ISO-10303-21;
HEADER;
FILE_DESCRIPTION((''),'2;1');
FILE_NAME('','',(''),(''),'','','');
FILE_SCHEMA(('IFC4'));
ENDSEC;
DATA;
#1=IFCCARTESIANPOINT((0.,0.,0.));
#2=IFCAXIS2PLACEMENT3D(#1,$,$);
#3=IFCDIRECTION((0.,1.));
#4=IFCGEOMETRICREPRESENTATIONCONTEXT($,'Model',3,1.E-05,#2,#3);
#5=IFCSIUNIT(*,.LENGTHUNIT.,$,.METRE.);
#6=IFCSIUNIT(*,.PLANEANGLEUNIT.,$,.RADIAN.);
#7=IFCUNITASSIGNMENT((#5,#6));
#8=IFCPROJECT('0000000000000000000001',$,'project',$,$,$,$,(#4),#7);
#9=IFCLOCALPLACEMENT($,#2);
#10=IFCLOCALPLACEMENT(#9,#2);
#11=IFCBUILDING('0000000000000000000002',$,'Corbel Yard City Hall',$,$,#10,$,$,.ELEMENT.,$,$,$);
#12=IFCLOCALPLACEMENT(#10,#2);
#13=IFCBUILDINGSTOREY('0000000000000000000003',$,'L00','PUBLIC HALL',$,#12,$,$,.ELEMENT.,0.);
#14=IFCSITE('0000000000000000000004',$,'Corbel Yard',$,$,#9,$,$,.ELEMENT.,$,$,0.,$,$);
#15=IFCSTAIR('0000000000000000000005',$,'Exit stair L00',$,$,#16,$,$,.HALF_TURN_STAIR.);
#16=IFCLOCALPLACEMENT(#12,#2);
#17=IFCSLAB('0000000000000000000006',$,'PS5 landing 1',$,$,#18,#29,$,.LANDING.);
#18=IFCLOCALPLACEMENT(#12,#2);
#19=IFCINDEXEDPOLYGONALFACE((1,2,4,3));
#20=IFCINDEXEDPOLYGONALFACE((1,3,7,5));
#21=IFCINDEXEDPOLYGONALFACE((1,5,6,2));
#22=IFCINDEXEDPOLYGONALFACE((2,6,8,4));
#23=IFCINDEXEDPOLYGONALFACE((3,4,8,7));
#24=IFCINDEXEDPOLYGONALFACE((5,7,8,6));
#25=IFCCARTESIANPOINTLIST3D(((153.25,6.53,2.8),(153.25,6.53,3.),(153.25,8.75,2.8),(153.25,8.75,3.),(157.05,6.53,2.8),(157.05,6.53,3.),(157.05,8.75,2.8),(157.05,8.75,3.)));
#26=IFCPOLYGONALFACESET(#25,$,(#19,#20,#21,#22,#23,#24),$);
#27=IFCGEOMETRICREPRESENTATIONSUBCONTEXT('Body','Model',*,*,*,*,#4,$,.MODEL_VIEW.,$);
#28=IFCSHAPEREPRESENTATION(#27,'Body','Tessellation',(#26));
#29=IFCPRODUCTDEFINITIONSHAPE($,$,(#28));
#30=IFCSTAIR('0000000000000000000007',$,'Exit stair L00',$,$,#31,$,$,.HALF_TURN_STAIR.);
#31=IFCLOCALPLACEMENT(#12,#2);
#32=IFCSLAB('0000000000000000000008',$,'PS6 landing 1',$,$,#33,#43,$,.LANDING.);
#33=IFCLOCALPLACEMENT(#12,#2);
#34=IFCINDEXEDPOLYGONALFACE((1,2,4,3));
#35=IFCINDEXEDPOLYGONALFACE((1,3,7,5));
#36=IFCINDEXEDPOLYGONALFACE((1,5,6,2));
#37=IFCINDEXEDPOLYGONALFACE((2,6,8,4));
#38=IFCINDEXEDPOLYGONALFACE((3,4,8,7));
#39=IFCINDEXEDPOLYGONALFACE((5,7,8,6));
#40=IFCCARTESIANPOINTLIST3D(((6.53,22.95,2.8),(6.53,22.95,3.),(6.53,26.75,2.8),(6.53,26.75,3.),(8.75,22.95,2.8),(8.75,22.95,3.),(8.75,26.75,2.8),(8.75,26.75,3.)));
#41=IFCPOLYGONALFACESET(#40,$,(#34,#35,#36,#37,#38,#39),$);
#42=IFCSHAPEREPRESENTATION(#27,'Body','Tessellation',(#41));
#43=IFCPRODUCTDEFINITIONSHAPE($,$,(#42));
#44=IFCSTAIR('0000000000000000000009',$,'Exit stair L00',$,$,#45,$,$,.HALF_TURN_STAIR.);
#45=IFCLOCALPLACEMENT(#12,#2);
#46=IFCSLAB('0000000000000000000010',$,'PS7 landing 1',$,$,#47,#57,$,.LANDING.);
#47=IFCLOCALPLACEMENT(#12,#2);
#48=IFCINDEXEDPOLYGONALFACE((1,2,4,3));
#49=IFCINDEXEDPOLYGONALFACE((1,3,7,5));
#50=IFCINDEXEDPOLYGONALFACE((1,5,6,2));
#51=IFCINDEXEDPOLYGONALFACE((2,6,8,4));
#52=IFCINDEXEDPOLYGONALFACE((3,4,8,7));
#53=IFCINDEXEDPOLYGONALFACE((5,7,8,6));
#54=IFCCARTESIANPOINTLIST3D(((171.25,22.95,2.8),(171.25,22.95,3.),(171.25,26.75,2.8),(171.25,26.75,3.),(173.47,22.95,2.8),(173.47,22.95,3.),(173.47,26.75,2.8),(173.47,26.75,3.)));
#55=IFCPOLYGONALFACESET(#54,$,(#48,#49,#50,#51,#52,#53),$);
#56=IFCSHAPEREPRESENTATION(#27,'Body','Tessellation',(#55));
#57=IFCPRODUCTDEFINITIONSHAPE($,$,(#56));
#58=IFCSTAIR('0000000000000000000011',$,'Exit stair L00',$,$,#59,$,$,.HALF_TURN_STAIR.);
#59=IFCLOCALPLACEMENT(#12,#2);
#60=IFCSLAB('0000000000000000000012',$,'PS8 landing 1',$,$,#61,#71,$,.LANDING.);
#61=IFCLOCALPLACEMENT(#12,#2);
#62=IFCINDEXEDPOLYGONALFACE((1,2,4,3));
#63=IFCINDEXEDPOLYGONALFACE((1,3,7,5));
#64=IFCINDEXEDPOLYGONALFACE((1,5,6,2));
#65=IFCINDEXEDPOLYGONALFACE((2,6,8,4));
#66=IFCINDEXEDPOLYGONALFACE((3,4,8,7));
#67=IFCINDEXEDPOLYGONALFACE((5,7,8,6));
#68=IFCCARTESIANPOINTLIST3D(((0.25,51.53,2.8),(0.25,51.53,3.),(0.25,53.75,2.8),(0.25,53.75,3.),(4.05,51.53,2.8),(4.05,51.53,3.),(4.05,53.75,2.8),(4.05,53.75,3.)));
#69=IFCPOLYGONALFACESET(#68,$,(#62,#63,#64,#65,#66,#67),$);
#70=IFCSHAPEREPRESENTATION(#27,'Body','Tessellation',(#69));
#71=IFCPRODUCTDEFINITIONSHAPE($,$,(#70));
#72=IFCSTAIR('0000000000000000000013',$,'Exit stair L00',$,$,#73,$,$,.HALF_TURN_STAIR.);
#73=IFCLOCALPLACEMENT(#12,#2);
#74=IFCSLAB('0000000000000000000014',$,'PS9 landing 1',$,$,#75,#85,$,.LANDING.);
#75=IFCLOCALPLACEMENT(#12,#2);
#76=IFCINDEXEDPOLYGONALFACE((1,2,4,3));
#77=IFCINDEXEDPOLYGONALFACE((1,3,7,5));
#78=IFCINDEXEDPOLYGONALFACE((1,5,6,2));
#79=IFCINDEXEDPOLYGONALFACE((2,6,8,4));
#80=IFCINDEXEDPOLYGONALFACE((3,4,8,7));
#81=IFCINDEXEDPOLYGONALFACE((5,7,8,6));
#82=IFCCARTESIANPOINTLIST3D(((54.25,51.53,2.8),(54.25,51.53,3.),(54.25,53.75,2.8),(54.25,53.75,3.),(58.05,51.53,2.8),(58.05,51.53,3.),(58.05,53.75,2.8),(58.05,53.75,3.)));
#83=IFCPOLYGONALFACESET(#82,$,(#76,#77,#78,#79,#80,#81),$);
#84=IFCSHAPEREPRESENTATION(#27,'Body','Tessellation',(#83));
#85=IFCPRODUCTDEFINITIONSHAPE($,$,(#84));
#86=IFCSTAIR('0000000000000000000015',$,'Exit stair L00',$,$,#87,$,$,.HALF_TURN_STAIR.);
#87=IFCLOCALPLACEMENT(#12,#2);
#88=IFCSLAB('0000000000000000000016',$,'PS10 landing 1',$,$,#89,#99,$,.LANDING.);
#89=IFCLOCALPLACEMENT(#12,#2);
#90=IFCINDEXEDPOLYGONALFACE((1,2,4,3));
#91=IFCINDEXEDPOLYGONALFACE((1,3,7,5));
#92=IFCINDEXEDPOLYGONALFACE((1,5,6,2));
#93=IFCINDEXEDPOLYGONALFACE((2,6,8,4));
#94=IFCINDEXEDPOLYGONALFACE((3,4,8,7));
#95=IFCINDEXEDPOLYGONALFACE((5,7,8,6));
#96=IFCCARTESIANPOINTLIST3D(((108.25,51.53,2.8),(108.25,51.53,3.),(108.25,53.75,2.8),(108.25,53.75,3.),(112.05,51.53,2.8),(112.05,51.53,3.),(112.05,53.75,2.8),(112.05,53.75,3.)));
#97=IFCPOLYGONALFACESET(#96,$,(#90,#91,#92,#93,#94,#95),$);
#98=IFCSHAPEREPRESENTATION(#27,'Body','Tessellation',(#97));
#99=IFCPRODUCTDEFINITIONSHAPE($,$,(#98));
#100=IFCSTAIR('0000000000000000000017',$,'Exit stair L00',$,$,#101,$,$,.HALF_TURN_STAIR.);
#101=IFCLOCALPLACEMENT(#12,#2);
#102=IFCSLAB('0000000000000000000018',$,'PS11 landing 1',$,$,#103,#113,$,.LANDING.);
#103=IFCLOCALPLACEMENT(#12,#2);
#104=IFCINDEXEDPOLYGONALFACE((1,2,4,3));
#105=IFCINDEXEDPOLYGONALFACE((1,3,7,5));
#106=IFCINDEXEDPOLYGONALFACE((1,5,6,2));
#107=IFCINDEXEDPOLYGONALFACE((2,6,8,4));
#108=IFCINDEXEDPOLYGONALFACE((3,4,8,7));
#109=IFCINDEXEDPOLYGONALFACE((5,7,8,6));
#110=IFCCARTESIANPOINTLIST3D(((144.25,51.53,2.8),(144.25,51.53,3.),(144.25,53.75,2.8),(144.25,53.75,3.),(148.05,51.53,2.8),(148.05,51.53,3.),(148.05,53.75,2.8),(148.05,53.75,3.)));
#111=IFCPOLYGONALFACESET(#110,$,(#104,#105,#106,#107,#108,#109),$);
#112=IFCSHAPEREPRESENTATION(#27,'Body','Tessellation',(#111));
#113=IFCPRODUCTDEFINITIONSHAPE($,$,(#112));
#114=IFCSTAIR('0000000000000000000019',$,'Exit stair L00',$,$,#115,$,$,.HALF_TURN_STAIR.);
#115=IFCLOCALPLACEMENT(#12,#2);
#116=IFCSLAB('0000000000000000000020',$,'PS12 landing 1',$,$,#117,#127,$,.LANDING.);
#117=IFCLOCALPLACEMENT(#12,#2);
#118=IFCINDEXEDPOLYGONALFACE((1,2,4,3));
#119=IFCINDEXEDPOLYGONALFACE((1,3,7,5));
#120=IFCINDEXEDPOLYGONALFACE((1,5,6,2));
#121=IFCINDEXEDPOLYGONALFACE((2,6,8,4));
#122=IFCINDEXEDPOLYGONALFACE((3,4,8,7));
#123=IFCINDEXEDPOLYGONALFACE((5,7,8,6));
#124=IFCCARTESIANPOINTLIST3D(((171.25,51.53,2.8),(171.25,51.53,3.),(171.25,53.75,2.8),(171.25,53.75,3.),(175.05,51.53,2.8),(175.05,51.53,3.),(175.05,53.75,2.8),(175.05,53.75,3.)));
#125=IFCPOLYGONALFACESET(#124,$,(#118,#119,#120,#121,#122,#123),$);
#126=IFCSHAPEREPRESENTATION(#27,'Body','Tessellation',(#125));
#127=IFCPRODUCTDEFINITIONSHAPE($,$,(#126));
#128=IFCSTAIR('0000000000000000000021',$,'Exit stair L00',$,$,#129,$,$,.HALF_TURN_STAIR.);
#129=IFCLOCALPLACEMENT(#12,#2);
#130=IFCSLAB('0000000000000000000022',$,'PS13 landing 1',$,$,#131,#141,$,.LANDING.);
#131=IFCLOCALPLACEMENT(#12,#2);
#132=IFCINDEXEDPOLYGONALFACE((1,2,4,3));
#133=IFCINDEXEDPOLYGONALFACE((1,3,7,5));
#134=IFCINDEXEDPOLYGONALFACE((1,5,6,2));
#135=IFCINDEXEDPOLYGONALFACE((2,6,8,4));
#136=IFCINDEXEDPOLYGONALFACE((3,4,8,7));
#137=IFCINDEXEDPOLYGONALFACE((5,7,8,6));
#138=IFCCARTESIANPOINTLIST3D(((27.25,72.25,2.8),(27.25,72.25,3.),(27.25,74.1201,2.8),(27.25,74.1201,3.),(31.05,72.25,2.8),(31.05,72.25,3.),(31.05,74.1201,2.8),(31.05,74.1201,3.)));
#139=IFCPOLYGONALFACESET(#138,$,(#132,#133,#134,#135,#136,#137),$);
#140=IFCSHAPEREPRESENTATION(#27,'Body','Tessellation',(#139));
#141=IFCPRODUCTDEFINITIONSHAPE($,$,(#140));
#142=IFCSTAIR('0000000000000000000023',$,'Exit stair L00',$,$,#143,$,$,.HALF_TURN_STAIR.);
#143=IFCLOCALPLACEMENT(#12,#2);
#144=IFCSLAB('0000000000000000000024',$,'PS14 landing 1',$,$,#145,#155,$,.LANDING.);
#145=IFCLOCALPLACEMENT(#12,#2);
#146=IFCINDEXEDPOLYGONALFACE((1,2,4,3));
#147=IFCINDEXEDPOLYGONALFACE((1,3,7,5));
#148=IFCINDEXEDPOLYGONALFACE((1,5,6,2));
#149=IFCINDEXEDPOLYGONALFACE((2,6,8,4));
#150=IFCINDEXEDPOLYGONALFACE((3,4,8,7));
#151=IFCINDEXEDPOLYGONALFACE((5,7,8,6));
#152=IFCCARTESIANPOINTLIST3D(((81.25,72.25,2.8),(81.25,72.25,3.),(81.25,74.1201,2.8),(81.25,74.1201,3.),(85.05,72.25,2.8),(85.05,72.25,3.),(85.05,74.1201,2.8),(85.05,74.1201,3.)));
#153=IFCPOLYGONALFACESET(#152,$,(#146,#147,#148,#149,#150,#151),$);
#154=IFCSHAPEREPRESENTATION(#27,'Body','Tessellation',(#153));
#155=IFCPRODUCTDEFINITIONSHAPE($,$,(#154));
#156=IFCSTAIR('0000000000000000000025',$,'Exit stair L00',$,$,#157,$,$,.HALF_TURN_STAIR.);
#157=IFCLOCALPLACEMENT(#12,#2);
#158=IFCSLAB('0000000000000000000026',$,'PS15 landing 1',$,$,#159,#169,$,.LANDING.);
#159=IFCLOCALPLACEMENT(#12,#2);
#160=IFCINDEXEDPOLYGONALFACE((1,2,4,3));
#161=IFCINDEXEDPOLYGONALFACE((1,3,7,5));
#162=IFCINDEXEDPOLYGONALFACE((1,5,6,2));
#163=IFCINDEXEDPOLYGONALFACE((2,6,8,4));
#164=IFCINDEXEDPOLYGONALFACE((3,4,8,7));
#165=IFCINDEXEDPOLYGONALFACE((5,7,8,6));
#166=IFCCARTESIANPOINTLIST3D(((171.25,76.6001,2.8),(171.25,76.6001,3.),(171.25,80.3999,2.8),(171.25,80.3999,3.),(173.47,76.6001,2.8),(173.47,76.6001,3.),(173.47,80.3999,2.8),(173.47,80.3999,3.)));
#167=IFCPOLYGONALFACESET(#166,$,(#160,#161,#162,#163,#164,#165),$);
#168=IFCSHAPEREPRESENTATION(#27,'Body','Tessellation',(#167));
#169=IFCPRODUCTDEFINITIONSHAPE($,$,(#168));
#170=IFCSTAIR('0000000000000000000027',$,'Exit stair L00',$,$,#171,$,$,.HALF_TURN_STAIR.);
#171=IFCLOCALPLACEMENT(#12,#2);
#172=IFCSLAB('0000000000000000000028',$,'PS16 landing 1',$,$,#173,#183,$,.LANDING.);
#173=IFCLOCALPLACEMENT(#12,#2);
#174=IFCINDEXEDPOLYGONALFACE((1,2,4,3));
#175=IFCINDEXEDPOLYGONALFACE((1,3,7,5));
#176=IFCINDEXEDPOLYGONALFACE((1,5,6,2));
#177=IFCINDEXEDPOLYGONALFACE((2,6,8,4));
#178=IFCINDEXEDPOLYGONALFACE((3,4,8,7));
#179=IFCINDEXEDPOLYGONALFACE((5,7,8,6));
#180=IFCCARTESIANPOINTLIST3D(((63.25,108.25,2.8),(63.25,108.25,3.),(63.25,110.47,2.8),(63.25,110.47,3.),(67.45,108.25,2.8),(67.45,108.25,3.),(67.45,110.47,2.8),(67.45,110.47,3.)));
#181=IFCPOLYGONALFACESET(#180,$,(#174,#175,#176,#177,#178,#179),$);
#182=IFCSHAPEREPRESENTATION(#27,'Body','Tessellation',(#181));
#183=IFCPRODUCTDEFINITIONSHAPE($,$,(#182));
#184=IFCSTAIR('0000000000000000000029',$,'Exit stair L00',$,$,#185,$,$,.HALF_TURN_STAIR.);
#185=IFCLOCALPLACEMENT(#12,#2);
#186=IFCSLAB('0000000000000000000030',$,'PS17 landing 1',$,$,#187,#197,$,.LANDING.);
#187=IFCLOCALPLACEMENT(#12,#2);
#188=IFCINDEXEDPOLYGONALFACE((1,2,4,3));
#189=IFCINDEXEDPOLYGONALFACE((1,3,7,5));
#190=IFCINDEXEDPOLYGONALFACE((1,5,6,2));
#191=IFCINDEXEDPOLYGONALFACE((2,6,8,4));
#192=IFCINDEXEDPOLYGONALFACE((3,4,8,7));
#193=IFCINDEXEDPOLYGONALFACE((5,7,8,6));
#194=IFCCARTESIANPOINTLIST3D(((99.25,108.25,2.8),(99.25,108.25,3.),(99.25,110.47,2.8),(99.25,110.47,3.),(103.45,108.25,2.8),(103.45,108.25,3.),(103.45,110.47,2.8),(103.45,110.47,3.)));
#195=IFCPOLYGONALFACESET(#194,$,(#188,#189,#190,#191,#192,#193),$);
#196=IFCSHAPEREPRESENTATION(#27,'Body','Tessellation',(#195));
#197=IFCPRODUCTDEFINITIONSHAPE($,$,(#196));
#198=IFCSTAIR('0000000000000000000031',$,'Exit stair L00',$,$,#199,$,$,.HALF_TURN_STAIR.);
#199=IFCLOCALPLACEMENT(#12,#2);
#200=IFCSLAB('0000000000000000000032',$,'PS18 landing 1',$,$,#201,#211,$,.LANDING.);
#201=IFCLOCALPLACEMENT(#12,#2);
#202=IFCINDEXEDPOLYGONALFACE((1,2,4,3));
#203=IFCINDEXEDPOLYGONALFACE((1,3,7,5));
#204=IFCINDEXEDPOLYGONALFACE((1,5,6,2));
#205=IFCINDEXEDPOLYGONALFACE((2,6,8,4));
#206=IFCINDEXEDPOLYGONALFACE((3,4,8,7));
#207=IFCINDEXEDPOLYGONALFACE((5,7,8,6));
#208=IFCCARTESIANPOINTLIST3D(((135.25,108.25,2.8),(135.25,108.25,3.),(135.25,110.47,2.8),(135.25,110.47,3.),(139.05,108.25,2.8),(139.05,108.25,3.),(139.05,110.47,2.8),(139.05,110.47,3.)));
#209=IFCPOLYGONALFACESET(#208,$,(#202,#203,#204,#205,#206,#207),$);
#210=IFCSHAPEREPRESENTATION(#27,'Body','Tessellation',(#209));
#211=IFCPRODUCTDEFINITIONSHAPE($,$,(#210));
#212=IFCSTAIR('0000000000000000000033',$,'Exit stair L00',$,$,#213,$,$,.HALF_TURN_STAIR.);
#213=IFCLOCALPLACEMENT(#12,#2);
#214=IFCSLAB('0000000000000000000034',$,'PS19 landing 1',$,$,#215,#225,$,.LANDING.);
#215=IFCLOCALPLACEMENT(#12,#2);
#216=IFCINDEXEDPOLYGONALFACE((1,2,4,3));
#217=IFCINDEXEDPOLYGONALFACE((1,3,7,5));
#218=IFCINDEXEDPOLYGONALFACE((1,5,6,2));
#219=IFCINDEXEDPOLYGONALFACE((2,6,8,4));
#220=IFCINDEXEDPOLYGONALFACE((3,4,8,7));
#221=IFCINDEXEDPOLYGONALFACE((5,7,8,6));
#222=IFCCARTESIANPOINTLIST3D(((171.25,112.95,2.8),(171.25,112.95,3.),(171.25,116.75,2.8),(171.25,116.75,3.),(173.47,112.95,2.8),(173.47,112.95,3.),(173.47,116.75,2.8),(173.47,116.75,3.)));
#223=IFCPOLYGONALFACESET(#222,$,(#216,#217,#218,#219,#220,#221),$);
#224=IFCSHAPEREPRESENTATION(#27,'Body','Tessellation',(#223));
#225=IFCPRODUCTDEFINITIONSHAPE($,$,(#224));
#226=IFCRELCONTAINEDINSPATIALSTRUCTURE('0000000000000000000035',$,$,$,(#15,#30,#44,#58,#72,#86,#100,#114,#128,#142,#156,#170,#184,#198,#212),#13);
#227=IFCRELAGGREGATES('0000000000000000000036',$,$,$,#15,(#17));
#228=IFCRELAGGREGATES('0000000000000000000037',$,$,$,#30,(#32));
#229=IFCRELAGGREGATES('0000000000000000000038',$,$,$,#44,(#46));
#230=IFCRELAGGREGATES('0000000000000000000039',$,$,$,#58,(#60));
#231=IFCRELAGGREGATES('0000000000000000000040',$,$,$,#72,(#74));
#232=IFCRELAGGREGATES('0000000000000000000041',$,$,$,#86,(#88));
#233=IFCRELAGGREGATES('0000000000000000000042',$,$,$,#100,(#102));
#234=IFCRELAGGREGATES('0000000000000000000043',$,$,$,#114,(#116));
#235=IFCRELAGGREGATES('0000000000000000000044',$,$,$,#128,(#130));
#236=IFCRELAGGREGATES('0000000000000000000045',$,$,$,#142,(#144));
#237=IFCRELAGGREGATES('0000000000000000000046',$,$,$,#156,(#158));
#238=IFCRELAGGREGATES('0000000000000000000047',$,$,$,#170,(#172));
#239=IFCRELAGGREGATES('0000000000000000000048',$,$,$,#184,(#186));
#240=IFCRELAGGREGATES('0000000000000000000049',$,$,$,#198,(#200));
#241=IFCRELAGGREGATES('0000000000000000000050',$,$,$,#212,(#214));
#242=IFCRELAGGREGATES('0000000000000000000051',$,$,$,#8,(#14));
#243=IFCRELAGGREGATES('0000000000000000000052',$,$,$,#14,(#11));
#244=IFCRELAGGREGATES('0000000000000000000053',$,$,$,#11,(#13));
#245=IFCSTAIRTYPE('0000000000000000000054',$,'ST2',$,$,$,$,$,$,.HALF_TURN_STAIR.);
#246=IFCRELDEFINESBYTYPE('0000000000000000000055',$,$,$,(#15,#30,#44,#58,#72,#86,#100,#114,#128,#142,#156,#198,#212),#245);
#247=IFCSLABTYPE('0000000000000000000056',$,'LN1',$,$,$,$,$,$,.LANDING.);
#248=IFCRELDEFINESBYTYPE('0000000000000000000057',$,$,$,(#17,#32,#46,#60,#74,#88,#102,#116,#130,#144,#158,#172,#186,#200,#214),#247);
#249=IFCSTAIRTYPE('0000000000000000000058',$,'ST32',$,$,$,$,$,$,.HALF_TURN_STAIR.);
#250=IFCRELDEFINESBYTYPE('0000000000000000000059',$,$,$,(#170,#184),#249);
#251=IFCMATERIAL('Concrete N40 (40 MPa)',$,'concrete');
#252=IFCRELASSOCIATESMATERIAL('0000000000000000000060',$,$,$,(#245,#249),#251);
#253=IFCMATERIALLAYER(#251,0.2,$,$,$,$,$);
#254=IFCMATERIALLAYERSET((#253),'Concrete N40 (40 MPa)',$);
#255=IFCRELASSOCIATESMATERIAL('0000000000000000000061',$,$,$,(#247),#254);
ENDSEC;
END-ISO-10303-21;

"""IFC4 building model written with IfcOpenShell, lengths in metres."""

from ifc_helpers import new_model, si_unit, direction, frame, origin, place, context, subcontext, project, spatial, polyline, outline, extrude, material, layer, layer_set, type_object, element, aggregate, save


model = new_model("IFC4")

# Units and contexts
model_context = context("Model", 3, precision=1e-05, world=origin(), true_north=direction((0.0, 1.0)))
body_context = subcontext(model_context, "Body", "Model", "MODEL_VIEW")
ifc_project = project(units=[si_unit("LENGTHUNIT", "METRE"), si_unit("PLANEANGLEUNIT", "RADIAN")], contexts=[model_context])

# Site, building, storey
site_placement = place(None, origin())
site = spatial("IfcSite", under=ifc_project, at=site_placement, Name="Corbel Yard", CompositionType="ELEMENT", RefElevation=0.0)
building_placement = place(site_placement, origin())
building = spatial("IfcBuilding", under=site, at=building_placement, Name="Corbel Yard City Hall", CompositionType="ELEMENT")
storey_placement = place(building_placement, origin())
storey = spatial("IfcBuildingStorey", under=building, at=storey_placement, Name="L00", Description="PUBLIC HALL", CompositionType="ELEMENT", Elevation=0.0)

# Stairs, slabs
ifc_material = material(Name="Concrete N40 (40 MPa)", Category="concrete")
stair_type_1 = type_object("IfcStairType", Name="ST2", PredefinedType="HALF_TURN_STAIR", material=ifc_material)
stair_1_placement = place(storey_placement, origin())
stair_1 = element("IfcStair", 1, at=stair_1_placement, inside=storey, type_object=stair_type_1, Name="Exit stair L00", PredefinedType="HALF_TURN_STAIR")
ifc_layer = layer(ifc_material, 0.2)
ifc_layer_set = layer_set([ifc_layer], Name="Concrete N40 (40 MPa)")
slab_type = type_object("IfcSlabType", Name="LN1", PredefinedType="LANDING", material=ifc_layer_set)
slab_1_placement = place(storey_placement, frame((0.0, 0.0, 2.8)))
slab_1 = element("IfcSlab", 2, at=slab_1_placement, type_object=slab_type, Name="PS5 landing 1", PredefinedType="LANDING", context=body_context, shape_type="SweptSolid", body=[
    extrude(outline(polyline([(153.25, 6.53), (157.05, 6.53), (157.05, 8.75), (153.25, 8.75), (153.25, 6.53)])), origin(), (0.0, 0.0, 1.0), 0.2),
])
aggregate(stair_1, [slab_1])
stair_2_placement = place(storey_placement, origin())
stair_2 = element("IfcStair", 3, at=stair_2_placement, inside=storey, type_object=stair_type_1, Name="Exit stair L00", PredefinedType="HALF_TURN_STAIR")
slab_2_placement = place(storey_placement, frame((0.0, 0.0, 2.8)))
slab_2 = element("IfcSlab", 4, at=slab_2_placement, type_object=slab_type, Name="PS6 landing 1", PredefinedType="LANDING", context=body_context, shape_type="SweptSolid", body=[
    extrude(outline(polyline([(6.53, 22.95), (8.75, 22.95), (8.75, 26.75), (6.53, 26.75), (6.53, 22.95)])), origin(), (0.0, 0.0, 1.0), 0.2),
])
aggregate(stair_2, [slab_2])
stair_3_placement = place(storey_placement, origin())
stair_3 = element("IfcStair", 5, at=stair_3_placement, inside=storey, type_object=stair_type_1, Name="Exit stair L00", PredefinedType="HALF_TURN_STAIR")
slab_3_placement = place(storey_placement, frame((0.0, 0.0, 2.8)))
slab_3 = element("IfcSlab", 6, at=slab_3_placement, type_object=slab_type, Name="PS7 landing 1", PredefinedType="LANDING", context=body_context, shape_type="SweptSolid", body=[
    extrude(outline(polyline([(171.25, 22.95), (173.47, 22.95), (173.47, 26.75), (171.25, 26.75), (171.25, 22.95)])), origin(), (0.0, 0.0, 1.0), 0.2),
])
aggregate(stair_3, [slab_3])
stair_4_placement = place(storey_placement, origin())
stair_4 = element("IfcStair", 7, at=stair_4_placement, inside=storey, type_object=stair_type_1, Name="Exit stair L00", PredefinedType="HALF_TURN_STAIR")
slab_4_placement = place(storey_placement, frame((0.0, 0.0, 2.8)))
slab_4 = element("IfcSlab", 8, at=slab_4_placement, type_object=slab_type, Name="PS8 landing 1", PredefinedType="LANDING", context=body_context, shape_type="SweptSolid", body=[
    extrude(outline(polyline([(0.25, 51.53), (4.05, 51.53), (4.05, 53.75), (0.25, 53.75), (0.25, 51.53)])), origin(), (0.0, 0.0, 1.0), 0.2),
])
aggregate(stair_4, [slab_4])
stair_5_placement = place(storey_placement, origin())
stair_5 = element("IfcStair", 9, at=stair_5_placement, inside=storey, type_object=stair_type_1, Name="Exit stair L00", PredefinedType="HALF_TURN_STAIR")
slab_5_placement = place(storey_placement, frame((0.0, 0.0, 2.8)))
slab_5 = element("IfcSlab", 10, at=slab_5_placement, type_object=slab_type, Name="PS9 landing 1", PredefinedType="LANDING", context=body_context, shape_type="SweptSolid", body=[
    extrude(outline(polyline([(54.25, 51.53), (58.05, 51.53), (58.05, 53.75), (54.25, 53.75), (54.25, 51.53)])), origin(), (0.0, 0.0, 1.0), 0.2),
])
aggregate(stair_5, [slab_5])
stair_6_placement = place(storey_placement, origin())
stair_6 = element("IfcStair", 11, at=stair_6_placement, inside=storey, type_object=stair_type_1, Name="Exit stair L00", PredefinedType="HALF_TURN_STAIR")
slab_6_placement = place(storey_placement, frame((0.0, 0.0, 2.8)))
slab_6 = element("IfcSlab", 12, at=slab_6_placement, type_object=slab_type, Name="PS10 landing 1", PredefinedType="LANDING", context=body_context, shape_type="SweptSolid", body=[
    extrude(outline(polyline([(108.25, 51.53), (112.05, 51.53), (112.05, 53.75), (108.25, 53.75), (108.25, 51.53)])), origin(), (0.0, 0.0, 1.0), 0.2),
])
aggregate(stair_6, [slab_6])
stair_7_placement = place(storey_placement, origin())
stair_7 = element("IfcStair", 13, at=stair_7_placement, inside=storey, type_object=stair_type_1, Name="Exit stair L00", PredefinedType="HALF_TURN_STAIR")
slab_7_placement = place(storey_placement, frame((0.0, 0.0, 2.8)))
slab_7 = element("IfcSlab", 14, at=slab_7_placement, type_object=slab_type, Name="PS11 landing 1", PredefinedType="LANDING", context=body_context, shape_type="SweptSolid", body=[
    extrude(outline(polyline([(144.25, 51.53), (148.05, 51.53), (148.05, 53.75), (144.25, 53.75), (144.25, 51.53)])), origin(), (0.0, 0.0, 1.0), 0.2),
])
aggregate(stair_7, [slab_7])
stair_8_placement = place(storey_placement, origin())
stair_8 = element("IfcStair", 15, at=stair_8_placement, inside=storey, type_object=stair_type_1, Name="Exit stair L00", PredefinedType="HALF_TURN_STAIR")
slab_8_placement = place(storey_placement, frame((0.0, 0.0, 2.8)))
slab_8 = element("IfcSlab", 16, at=slab_8_placement, type_object=slab_type, Name="PS12 landing 1", PredefinedType="LANDING", context=body_context, shape_type="SweptSolid", body=[
    extrude(outline(polyline([(171.25, 51.53), (175.05, 51.53), (175.05, 53.75), (171.25, 53.75), (171.25, 51.53)])), origin(), (0.0, 0.0, 1.0), 0.2),
])
aggregate(stair_8, [slab_8])
stair_9_placement = place(storey_placement, origin())
stair_9 = element("IfcStair", 17, at=stair_9_placement, inside=storey, type_object=stair_type_1, Name="Exit stair L00", PredefinedType="HALF_TURN_STAIR")
slab_9_placement = place(storey_placement, frame((0.0, 0.0, 2.8)))
slab_9 = element("IfcSlab", 18, at=slab_9_placement, type_object=slab_type, Name="PS13 landing 1", PredefinedType="LANDING", context=body_context, shape_type="SweptSolid", body=[
    extrude(outline(polyline([(27.25, 72.25), (31.05, 72.25), (31.05, 74.1201), (27.25, 74.1201), (27.25, 72.25)])), origin(), (0.0, 0.0, 1.0), 0.2),
])
aggregate(stair_9, [slab_9])
stair_10_placement = place(storey_placement, origin())
stair_10 = element("IfcStair", 19, at=stair_10_placement, inside=storey, type_object=stair_type_1, Name="Exit stair L00", PredefinedType="HALF_TURN_STAIR")
slab_10_placement = place(storey_placement, frame((0.0, 0.0, 2.8)))
slab_10 = element("IfcSlab", 20, at=slab_10_placement, type_object=slab_type, Name="PS14 landing 1", PredefinedType="LANDING", context=body_context, shape_type="SweptSolid", body=[
    extrude(outline(polyline([(81.25, 72.25), (85.05, 72.25), (85.05, 74.1201), (81.25, 74.1201), (81.25, 72.25)])), origin(), (0.0, 0.0, 1.0), 0.2),
])
aggregate(stair_10, [slab_10])
stair_11_placement = place(storey_placement, origin())
stair_11 = element("IfcStair", 21, at=stair_11_placement, inside=storey, type_object=stair_type_1, Name="Exit stair L00", PredefinedType="HALF_TURN_STAIR")
slab_11_placement = place(storey_placement, frame((0.0, 0.0, 2.8)))
slab_11 = element("IfcSlab", 22, at=slab_11_placement, type_object=slab_type, Name="PS15 landing 1", PredefinedType="LANDING", context=body_context, shape_type="SweptSolid", body=[
    extrude(outline(polyline([(171.25, 76.6001), (173.47, 76.6001), (173.47, 80.3999), (171.25, 80.3999), (171.25, 76.6001)])), origin(), (0.0, 0.0, 1.0), 0.2),
])
aggregate(stair_11, [slab_11])
stair_type_2 = type_object("IfcStairType", Name="ST32", PredefinedType="HALF_TURN_STAIR", material=ifc_material)
stair_12_placement = place(storey_placement, origin())
stair_12 = element("IfcStair", 23, at=stair_12_placement, inside=storey, type_object=stair_type_2, Name="Exit stair L00", PredefinedType="HALF_TURN_STAIR")
slab_12_placement = place(storey_placement, frame((0.0, 0.0, 2.8)))
slab_12 = element("IfcSlab", 24, at=slab_12_placement, type_object=slab_type, Name="PS16 landing 1", PredefinedType="LANDING", context=body_context, shape_type="SweptSolid", body=[
    extrude(outline(polyline([(63.25, 108.25), (67.45, 108.25), (67.45, 110.47), (63.25, 110.47), (63.25, 108.25)])), origin(), (0.0, 0.0, 1.0), 0.2),
])
aggregate(stair_12, [slab_12])
stair_13_placement = place(storey_placement, origin())
stair_13 = element("IfcStair", 25, at=stair_13_placement, inside=storey, type_object=stair_type_2, Name="Exit stair L00", PredefinedType="HALF_TURN_STAIR")
slab_13_placement = place(storey_placement, frame((0.0, 0.0, 2.8)))
slab_13 = element("IfcSlab", 26, at=slab_13_placement, type_object=slab_type, Name="PS17 landing 1", PredefinedType="LANDING", context=body_context, shape_type="SweptSolid", body=[
    extrude(outline(polyline([(99.25, 108.25), (103.45, 108.25), (103.45, 110.47), (99.25, 110.47), (99.25, 108.25)])), origin(), (0.0, 0.0, 1.0), 0.2),
])
aggregate(stair_13, [slab_13])
stair_14_placement = place(storey_placement, origin())
stair_14 = element("IfcStair", 27, at=stair_14_placement, inside=storey, type_object=stair_type_1, Name="Exit stair L00", PredefinedType="HALF_TURN_STAIR")
slab_14_placement = place(storey_placement, frame((0.0, 0.0, 2.8)))
slab_14 = element("IfcSlab", 28, at=slab_14_placement, type_object=slab_type, Name="PS18 landing 1", PredefinedType="LANDING", context=body_context, shape_type="SweptSolid", body=[
    extrude(outline(polyline([(135.25, 108.25), (139.05, 108.25), (139.05, 110.47), (135.25, 110.47), (135.25, 108.25)])), origin(), (0.0, 0.0, 1.0), 0.2),
])
aggregate(stair_14, [slab_14])
stair_15_placement = place(storey_placement, origin())
stair_15 = element("IfcStair", 29, at=stair_15_placement, inside=storey, type_object=stair_type_1, Name="Exit stair L00", PredefinedType="HALF_TURN_STAIR")
slab_15_placement = place(storey_placement, frame((0.0, 0.0, 2.8)))
slab_15 = element("IfcSlab", 30, at=slab_15_placement, type_object=slab_type, Name="PS19 landing 1", PredefinedType="LANDING", context=body_context, shape_type="SweptSolid", body=[
    extrude(outline(polyline([(171.25, 112.95), (173.47, 112.95), (173.47, 116.75), (171.25, 116.75), (171.25, 112.95)])), origin(), (0.0, 0.0, 1.0), 0.2),
])
aggregate(stair_15, [slab_15])

save(model, "model.ifc")
